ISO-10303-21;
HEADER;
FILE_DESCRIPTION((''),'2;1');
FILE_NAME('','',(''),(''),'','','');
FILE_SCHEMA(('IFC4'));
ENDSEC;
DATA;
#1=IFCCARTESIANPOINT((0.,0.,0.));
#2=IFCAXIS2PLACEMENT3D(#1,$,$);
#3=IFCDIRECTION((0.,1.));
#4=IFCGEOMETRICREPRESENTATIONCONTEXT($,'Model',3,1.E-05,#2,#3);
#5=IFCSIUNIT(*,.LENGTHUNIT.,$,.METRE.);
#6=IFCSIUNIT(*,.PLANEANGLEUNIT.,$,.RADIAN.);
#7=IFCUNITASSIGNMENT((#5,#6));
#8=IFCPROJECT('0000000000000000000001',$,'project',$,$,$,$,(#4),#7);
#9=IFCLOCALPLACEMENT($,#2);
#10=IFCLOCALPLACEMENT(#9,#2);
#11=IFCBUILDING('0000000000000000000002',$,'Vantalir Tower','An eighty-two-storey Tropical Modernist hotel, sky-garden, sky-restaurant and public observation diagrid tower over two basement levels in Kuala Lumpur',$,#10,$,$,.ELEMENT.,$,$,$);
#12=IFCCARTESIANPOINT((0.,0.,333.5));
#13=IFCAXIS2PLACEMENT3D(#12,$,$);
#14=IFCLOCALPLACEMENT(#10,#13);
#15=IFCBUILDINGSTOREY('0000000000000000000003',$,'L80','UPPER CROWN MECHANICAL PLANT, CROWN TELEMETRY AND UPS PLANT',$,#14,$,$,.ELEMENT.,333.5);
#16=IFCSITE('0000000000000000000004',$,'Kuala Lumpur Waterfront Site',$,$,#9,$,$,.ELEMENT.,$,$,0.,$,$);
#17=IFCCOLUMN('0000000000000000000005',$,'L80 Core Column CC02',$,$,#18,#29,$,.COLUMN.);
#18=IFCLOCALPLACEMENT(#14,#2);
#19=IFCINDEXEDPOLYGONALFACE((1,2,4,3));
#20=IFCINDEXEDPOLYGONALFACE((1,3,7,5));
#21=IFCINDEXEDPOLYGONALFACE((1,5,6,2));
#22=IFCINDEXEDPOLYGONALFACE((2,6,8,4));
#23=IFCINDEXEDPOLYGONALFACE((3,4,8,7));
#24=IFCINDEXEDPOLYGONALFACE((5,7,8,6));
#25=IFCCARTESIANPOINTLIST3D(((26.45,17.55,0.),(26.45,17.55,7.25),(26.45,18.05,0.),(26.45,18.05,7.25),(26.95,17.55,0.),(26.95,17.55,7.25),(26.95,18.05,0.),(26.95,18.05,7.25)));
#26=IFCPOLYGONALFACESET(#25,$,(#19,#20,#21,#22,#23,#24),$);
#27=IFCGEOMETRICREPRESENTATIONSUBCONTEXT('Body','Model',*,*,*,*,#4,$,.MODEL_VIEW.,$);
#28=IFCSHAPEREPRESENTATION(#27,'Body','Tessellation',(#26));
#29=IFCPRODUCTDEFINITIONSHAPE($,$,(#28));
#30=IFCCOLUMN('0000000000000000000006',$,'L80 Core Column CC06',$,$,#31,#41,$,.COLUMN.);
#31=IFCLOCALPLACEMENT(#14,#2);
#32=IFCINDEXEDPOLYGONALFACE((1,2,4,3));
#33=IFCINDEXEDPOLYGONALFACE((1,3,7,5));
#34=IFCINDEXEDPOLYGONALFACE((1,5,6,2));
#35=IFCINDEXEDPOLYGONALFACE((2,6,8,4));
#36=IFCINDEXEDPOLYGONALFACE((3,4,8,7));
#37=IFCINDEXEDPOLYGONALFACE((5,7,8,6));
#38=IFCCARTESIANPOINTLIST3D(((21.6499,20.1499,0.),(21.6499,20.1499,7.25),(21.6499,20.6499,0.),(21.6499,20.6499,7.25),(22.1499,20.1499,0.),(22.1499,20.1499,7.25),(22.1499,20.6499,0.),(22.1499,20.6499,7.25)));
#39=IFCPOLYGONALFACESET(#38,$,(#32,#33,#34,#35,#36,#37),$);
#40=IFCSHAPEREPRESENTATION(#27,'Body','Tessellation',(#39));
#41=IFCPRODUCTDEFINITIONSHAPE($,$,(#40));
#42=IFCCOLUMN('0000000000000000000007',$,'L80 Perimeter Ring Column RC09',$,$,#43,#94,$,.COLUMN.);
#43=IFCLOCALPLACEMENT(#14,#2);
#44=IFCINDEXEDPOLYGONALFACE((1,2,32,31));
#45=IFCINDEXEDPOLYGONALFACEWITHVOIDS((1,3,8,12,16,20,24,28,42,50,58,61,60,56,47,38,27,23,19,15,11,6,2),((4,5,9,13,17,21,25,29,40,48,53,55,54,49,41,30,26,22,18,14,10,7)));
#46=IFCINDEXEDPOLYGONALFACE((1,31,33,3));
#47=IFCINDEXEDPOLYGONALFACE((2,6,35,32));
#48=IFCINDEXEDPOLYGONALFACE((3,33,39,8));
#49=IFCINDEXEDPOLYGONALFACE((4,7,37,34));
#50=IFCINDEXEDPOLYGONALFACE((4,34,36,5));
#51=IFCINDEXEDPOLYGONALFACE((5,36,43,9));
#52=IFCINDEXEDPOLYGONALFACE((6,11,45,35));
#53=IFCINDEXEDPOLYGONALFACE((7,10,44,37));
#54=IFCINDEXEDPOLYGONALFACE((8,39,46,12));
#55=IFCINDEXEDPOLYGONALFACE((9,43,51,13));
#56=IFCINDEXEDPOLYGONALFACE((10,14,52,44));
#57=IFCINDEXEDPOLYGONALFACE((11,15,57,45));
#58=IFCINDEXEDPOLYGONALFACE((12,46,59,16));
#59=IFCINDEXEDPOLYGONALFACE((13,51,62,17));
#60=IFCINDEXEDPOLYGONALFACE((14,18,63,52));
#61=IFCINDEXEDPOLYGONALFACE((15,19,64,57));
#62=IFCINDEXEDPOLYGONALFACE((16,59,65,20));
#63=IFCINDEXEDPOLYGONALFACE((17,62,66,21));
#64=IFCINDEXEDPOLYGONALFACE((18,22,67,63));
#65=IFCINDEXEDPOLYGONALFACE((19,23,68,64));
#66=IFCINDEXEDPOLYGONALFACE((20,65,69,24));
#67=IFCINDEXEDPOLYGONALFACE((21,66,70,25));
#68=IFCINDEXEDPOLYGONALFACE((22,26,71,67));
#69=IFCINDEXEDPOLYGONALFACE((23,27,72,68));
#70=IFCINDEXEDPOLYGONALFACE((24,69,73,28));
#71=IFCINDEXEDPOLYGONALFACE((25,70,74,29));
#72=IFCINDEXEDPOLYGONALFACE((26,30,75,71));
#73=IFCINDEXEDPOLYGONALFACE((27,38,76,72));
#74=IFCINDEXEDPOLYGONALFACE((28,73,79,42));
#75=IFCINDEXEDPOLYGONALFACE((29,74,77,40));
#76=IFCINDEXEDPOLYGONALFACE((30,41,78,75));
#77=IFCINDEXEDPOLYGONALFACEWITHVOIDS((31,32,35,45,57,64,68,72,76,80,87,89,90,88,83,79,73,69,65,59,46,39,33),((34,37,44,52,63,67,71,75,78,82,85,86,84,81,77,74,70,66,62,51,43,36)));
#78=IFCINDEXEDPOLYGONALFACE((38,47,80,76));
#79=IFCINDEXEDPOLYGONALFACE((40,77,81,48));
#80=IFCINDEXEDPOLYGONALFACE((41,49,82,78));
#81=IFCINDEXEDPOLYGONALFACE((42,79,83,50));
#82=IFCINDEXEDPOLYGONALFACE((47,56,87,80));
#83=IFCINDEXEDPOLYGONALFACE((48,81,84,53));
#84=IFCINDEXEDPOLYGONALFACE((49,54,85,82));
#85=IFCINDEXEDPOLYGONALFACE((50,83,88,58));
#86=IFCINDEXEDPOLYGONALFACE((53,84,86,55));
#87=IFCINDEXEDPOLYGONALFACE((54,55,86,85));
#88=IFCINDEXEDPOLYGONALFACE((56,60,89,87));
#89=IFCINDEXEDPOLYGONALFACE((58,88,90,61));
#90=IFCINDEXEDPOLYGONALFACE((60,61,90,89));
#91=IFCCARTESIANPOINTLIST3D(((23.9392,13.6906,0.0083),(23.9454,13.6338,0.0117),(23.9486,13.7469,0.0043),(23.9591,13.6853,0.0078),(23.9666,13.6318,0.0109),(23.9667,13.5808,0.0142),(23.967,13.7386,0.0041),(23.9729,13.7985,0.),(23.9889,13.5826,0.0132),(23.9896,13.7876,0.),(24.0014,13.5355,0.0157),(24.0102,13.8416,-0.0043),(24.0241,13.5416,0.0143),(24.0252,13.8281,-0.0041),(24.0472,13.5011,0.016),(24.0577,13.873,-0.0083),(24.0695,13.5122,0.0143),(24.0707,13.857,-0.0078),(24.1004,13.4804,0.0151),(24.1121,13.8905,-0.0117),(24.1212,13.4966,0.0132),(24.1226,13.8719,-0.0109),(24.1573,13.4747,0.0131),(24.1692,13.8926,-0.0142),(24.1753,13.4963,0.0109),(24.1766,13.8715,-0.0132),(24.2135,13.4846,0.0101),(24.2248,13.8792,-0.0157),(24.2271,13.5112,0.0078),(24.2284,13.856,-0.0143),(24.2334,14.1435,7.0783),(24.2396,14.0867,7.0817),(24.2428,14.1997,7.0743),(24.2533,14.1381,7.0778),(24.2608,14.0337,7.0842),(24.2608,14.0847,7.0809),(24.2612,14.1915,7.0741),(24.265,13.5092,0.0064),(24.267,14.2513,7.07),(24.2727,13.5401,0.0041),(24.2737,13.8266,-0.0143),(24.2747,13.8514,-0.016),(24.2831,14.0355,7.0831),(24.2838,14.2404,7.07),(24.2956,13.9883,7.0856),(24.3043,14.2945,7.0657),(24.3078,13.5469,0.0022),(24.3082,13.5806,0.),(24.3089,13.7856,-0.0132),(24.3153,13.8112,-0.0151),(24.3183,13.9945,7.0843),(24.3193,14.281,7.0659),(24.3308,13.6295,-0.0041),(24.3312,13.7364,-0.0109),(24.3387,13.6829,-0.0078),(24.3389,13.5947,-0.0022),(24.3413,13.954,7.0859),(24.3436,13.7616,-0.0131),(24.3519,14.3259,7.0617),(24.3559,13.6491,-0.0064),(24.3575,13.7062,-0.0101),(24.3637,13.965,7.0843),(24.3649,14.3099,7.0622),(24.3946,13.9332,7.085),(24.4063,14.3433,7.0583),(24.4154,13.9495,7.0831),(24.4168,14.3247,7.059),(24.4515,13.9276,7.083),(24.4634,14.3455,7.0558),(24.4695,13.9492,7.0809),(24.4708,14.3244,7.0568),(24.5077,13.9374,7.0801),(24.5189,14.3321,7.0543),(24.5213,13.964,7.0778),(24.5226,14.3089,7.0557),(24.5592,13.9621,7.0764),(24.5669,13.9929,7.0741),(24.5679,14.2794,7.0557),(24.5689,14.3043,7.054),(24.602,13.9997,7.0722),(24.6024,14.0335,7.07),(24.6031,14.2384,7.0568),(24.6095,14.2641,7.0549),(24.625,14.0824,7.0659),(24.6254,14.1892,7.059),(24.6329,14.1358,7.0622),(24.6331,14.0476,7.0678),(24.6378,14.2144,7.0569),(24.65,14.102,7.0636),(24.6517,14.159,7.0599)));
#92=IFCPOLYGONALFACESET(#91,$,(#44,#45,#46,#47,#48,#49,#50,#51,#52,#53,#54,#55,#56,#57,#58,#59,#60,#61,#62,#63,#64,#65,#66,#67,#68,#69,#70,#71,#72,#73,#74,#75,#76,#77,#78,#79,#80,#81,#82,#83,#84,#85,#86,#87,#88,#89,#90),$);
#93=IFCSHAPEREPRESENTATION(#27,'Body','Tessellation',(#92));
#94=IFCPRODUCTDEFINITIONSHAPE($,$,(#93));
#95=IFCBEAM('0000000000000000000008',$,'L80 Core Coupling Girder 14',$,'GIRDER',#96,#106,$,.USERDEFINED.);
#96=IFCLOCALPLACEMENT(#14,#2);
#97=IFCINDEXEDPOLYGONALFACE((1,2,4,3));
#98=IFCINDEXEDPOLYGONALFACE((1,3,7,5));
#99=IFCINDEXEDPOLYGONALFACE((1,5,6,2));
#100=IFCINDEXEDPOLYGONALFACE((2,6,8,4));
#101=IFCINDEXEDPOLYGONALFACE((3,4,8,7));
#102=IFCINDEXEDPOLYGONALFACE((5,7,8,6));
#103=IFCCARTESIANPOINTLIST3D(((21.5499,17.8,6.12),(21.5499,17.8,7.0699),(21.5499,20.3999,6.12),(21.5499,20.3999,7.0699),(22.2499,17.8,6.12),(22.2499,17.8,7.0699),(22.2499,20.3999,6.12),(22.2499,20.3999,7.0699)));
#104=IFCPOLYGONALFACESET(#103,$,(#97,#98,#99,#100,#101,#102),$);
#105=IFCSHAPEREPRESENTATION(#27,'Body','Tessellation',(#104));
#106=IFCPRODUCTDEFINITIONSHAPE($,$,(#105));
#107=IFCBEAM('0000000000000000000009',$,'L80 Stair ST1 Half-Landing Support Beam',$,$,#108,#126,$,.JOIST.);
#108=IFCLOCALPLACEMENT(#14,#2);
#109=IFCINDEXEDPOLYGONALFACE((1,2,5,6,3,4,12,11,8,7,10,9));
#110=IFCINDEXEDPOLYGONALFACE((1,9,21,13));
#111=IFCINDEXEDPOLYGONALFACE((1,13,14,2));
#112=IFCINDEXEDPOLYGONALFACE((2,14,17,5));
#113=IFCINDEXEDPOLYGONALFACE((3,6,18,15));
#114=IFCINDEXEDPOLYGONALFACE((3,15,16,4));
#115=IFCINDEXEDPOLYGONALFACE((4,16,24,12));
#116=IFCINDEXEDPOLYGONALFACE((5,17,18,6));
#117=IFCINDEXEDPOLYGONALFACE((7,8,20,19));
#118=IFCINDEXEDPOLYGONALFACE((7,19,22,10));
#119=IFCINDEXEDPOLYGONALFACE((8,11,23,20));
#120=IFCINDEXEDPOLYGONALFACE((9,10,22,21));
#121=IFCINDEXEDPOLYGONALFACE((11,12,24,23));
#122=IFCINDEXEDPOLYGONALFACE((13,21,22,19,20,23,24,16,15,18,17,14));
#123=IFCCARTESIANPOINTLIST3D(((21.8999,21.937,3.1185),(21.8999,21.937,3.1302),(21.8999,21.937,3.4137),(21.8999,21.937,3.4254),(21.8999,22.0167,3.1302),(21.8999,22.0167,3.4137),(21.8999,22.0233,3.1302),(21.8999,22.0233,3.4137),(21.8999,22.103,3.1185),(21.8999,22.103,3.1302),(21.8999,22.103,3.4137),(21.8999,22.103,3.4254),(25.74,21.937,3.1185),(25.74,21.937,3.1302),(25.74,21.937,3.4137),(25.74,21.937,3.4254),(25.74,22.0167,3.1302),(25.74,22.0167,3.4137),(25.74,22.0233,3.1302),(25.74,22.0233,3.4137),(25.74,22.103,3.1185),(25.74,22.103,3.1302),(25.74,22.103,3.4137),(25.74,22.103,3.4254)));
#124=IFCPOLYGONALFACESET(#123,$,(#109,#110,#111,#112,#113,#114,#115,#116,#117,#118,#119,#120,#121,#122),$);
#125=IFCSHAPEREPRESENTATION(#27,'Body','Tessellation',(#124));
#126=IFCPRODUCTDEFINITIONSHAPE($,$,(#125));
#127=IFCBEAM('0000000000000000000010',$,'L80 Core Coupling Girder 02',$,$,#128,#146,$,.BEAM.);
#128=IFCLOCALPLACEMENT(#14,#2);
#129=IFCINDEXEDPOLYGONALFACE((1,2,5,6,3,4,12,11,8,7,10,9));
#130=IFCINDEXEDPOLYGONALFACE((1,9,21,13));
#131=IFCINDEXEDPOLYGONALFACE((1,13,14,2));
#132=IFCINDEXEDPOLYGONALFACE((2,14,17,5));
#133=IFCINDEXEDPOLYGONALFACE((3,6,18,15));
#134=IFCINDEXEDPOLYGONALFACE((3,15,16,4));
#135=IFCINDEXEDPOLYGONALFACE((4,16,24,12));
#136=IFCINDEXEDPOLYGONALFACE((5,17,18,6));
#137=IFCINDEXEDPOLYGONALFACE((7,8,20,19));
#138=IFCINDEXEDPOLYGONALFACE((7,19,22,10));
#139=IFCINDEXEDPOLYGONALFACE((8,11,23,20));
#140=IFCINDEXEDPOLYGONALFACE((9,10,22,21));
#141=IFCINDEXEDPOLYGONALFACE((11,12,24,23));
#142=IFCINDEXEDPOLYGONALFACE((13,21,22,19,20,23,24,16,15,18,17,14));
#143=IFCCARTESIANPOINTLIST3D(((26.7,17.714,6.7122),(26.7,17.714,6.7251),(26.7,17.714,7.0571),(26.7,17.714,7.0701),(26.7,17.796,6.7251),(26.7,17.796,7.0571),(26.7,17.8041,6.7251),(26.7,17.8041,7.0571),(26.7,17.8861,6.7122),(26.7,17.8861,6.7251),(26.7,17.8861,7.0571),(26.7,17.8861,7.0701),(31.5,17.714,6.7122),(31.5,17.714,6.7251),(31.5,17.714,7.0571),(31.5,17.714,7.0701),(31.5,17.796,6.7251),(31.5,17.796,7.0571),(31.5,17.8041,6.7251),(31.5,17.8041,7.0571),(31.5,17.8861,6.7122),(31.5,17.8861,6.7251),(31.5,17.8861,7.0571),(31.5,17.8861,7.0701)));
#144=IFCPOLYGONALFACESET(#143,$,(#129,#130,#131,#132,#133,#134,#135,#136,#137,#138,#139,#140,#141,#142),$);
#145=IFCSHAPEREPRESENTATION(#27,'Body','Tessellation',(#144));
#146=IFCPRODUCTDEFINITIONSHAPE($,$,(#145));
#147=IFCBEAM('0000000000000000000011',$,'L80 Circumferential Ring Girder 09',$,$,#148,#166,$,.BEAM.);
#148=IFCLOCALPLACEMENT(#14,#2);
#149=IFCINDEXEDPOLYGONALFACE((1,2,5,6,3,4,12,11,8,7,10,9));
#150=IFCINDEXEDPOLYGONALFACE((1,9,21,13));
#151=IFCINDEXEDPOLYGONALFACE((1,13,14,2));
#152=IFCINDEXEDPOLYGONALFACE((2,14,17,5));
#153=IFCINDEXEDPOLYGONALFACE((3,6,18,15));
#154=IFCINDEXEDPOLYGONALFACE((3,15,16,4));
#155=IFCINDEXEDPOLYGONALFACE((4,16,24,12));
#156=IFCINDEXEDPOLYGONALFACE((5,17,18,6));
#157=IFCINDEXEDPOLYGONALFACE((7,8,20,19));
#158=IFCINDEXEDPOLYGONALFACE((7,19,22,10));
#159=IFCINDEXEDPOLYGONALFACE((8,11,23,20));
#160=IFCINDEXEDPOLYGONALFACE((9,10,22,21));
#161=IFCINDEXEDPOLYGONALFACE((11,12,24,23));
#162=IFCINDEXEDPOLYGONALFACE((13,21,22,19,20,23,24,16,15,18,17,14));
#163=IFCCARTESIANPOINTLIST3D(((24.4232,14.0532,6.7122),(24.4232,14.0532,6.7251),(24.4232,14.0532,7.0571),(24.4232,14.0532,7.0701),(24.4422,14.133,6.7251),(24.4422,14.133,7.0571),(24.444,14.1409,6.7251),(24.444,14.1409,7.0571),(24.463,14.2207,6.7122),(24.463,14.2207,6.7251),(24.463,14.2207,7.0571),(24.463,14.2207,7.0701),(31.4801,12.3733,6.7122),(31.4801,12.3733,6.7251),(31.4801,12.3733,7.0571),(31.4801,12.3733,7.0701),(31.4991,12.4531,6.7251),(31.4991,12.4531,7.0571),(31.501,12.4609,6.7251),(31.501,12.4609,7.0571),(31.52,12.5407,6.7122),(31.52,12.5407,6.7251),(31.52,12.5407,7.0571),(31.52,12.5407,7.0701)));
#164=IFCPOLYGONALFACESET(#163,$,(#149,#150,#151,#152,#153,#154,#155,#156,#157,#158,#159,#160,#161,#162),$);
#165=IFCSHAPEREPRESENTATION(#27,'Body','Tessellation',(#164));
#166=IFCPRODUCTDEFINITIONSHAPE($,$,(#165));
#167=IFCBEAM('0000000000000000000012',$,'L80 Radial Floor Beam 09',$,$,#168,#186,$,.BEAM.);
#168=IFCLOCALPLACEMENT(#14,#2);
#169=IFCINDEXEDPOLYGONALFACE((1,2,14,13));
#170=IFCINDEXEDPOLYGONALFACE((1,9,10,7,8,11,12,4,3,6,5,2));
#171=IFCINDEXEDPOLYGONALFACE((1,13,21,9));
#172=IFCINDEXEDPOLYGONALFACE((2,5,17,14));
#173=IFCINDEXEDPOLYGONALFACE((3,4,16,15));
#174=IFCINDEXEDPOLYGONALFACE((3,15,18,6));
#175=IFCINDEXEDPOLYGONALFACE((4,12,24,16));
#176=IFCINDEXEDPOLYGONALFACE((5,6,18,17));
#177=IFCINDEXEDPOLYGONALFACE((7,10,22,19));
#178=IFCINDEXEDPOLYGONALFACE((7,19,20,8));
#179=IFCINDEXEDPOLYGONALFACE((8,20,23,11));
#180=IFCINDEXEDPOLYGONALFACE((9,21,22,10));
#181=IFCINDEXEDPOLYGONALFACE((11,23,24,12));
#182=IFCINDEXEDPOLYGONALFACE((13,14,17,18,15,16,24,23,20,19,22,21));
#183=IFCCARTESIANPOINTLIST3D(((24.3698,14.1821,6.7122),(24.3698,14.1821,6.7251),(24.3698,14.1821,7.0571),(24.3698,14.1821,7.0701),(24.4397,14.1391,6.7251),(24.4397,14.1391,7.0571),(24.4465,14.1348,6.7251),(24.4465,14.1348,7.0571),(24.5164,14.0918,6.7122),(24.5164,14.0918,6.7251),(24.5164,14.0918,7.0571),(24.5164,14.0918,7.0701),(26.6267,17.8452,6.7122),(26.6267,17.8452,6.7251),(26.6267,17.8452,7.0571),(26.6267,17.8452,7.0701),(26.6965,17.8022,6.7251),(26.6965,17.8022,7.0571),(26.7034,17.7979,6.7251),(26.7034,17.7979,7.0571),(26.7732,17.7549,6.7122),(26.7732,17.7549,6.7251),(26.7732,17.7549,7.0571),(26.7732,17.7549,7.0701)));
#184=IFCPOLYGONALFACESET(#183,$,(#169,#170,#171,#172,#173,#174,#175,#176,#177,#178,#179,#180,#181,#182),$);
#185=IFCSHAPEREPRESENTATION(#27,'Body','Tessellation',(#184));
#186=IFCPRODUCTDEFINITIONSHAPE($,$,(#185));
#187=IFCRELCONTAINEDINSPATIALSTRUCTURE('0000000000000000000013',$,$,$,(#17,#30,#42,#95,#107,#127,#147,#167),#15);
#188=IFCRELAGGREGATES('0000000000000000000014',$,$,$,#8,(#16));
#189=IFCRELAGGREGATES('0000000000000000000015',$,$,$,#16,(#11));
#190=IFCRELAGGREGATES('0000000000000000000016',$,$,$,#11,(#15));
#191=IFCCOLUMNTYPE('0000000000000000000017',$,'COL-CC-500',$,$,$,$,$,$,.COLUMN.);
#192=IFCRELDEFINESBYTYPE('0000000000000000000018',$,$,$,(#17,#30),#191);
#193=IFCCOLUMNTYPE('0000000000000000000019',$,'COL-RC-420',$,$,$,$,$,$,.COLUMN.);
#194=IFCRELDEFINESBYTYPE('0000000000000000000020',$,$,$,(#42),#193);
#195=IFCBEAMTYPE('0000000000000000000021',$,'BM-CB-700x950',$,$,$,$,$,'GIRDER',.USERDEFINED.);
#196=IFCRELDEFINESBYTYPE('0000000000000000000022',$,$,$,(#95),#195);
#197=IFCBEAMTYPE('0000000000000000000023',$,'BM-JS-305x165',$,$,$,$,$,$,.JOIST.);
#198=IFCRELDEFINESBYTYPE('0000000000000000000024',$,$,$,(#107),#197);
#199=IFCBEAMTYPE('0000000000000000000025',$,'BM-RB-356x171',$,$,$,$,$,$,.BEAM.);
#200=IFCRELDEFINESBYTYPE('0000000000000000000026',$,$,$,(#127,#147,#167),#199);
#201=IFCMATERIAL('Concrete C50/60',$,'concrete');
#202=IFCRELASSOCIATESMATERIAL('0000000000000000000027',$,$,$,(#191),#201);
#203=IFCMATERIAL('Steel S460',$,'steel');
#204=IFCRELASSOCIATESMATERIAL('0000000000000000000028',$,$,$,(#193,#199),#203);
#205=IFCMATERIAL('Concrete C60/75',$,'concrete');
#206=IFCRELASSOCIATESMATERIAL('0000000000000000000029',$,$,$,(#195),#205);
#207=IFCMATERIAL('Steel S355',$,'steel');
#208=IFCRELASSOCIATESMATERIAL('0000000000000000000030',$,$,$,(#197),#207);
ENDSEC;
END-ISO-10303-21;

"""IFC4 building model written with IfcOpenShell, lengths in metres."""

from ifc_helpers import new_model, si_unit, direction, frame, origin, origin_2d, place, context, subcontext, project, spatial, rectangle, hollow_circle, i_section, extrude, material, material_profile, profile_set, type_object, element, save


model = new_model("IFC4")

# Units and contexts
model_context = context("Model", 3, precision=1e-05, world=origin(), true_north=direction((0.0, 1.0)))
body_context = subcontext(model_context, "Body", "Model", "MODEL_VIEW")
ifc_project = project(units=[si_unit("LENGTHUNIT", "METRE"), si_unit("PLANEANGLEUNIT", "RADIAN")], contexts=[model_context])

# Site, building, storey
site_placement = place(None, origin())
site = spatial("IfcSite", under=ifc_project, at=site_placement, Name="Kuala Lumpur Waterfront Site", CompositionType="ELEMENT", RefElevation=0.0)
building_placement = place(site_placement, origin())
building = spatial("IfcBuilding", under=site, at=building_placement, Name="Vantalir Tower", Description="An eighty-two-storey Tropical Modernist hotel, sky-garden, sky-restaurant and public observation diagrid tower over two basement levels in Kuala Lumpur", CompositionType="ELEMENT")
storey_placement = place(building_placement, frame((0.0, 0.0, 333.5)))
storey = spatial("IfcBuildingStorey", under=building, at=storey_placement, Name="L80", Description="UPPER CROWN MECHANICAL PLANT, CROWN TELEMETRY AND UPS PLANT", CompositionType="ELEMENT", Elevation=333.5)

# Columns
ifc_material_1 = material(Name="Concrete C50/60", Category="concrete")
ifc_material_profile_1 = material_profile(ifc_material_1, rectangle(XDim=0.5, YDim=0.5, at=origin_2d()), Name="Concrete C50/60")
ifc_profile_set_1 = profile_set([ifc_material_profile_1], Name="Concrete C50/60")
column_type_1 = type_object("IfcColumnType", Name="COL-CC-500", PredefinedType="COLUMN", material=ifc_profile_set_1)
for number, where, z_axis, x_axis, name in (
    (1, (26.7, 17.8, 0.0), (0.0, 0.0, 1.0), (1.0, 0.0, 0.0), "L80 Core Column CC02"),
    (2, (21.8999, 20.3999, 0.0), (0.0, 0.0, 1.0), (1.0, 0.0, 0.0), "L80 Core Column CC06"),
):
    element("IfcColumn", number, at=place(storey_placement, frame(where, z_axis=z_axis, x_axis=x_axis)), inside=storey, type_object=column_type_1, Name=name, PredefinedType="COLUMN", context=body_context, shape_type="SweptSolid", body=[
        extrude(rectangle(XDim=0.5, YDim=0.5, at=origin_2d()), origin(), (0.0, 0.0, 1.0), 7.25),
    ])
ifc_material_2 = material(Name="Steel S460", Category="steel")
ifc_material_profile_2 = material_profile(ifc_material_2, hollow_circle(Radius=0.21, WallThickness=0.02, at=origin_2d()), Name="Steel S460")
ifc_profile_set_2 = profile_set([ifc_material_profile_2], Name="Steel S460")
column_type_2 = type_object("IfcColumnType", Name="COL-RC-420", PredefinedType="COLUMN", material=ifc_profile_set_2)
column_placement = place(storey_placement, frame((24.1489, 13.6841, 0.0), z_axis=(0.04149, 0.06387, 0.997095), x_axis=(-0.838599, 0.54475, 0.0)))
element("IfcColumn", 3, at=column_placement, inside=storey, type_object=column_type_2, Name="L80 Perimeter Ring Column RC09", PredefinedType="COLUMN", context=body_context, shape_type="SweptSolid", body=[
    extrude(hollow_circle(Radius=0.21, WallThickness=0.02, at=origin_2d()), origin(), (0.0, 0.0, 1.0), 7.0906),
])

# Beams
ifc_material_3 = material(Name="Concrete C60/75", Category="concrete")
ifc_material_profile_3 = material_profile(ifc_material_3, rectangle(XDim=0.7, YDim=0.95, at=origin_2d()), Name="Concrete C60/75")
ifc_profile_set_3 = profile_set([ifc_material_profile_3], Name="Concrete C60/75")
beam_type_1 = type_object("IfcBeamType", Name="BM-CB-700x950", ElementType="GIRDER", PredefinedType="USERDEFINED", material=ifc_profile_set_3)
beam_1_placement = place(storey_placement, frame((21.8999, 20.3999, 6.595), z_axis=(0.0, -1.0, 0.0), x_axis=(1.0, 0.0, 0.0)))
element("IfcBeam", 4, at=beam_1_placement, inside=storey, type_object=beam_type_1, Name="L80 Core Coupling Girder 14", ObjectType="GIRDER", PredefinedType="USERDEFINED", context=body_context, shape_type="SweptSolid", body=[
    extrude(rectangle(XDim=0.7, YDim=0.95, at=origin_2d()), origin(), (0.0, 0.0, 1.0), 2.5999),
])
ifc_material_4 = material(Name="Steel S355", Category="steel")
ifc_material_profile_4 = material_profile(ifc_material_4, i_section(OverallWidth=0.166, OverallDepth=0.3069, WebThickness=0.0066, FlangeThickness=0.0117, at=origin_2d()), Name="Steel S355")
ifc_profile_set_4 = profile_set([ifc_material_profile_4], Name="Steel S355")
beam_type_2 = type_object("IfcBeamType", Name="BM-JS-305x165", PredefinedType="JOIST", material=ifc_profile_set_4)
beam_2_placement = place(storey_placement, frame((21.8999, 22.02, 3.272), z_axis=(1.0, 0.0, 0.0), x_axis=(0.0, 1.0, 0.0)))
element("IfcBeam", 5, at=beam_2_placement, inside=storey, type_object=beam_type_2, Name="L80 Stair ST1 Half-Landing Support Beam", PredefinedType="JOIST", context=body_context, shape_type="SweptSolid", body=[
    extrude(i_section(OverallWidth=0.166, OverallDepth=0.3069, WebThickness=0.0066, FlangeThickness=0.0117, at=origin_2d()), origin(), (0.0, 0.0, 1.0), 3.8401),
])
ifc_material_profile_5 = material_profile(ifc_material_2, i_section(OverallWidth=0.1721, OverallDepth=0.3579, WebThickness=0.0081, FlangeThickness=0.0129, at=origin_2d()), Name="Steel S460")
ifc_profile_set_5 = profile_set([ifc_material_profile_5], Name="Steel S460")
beam_type_3 = type_object("IfcBeamType", Name="BM-RB-356x171", PredefinedType="BEAM", material=ifc_profile_set_5)
beam_3_placement = place(storey_placement, frame((26.7, 17.8, 6.8911), z_axis=(1.0, 0.0, 0.0), x_axis=(0.0, 1.0, 0.0)))
element("IfcBeam", 6, at=beam_3_placement, inside=storey, type_object=beam_type_3, Name="L80 Core Coupling Girder 02", PredefinedType="BEAM", context=body_context, shape_type="SweptSolid", body=[
    extrude(i_section(OverallWidth=0.1721, OverallDepth=0.3579, WebThickness=0.0081, FlangeThickness=0.0129, at=origin_2d()), origin(), (0.0, 0.0, 1.0), 4.8),
])
beam_4_placement = place(storey_placement, frame((24.4431, 14.137, 6.8911), z_axis=(0.972815, -0.231584, 0.0), x_axis=(0.231584, 0.972815, 0.0)))
element("IfcBeam", 7, at=beam_4_placement, inside=storey, type_object=beam_type_3, Name="L80 Circumferential Ring Girder 09", PredefinedType="BEAM", context=body_context, shape_type="SweptSolid", body=[
    extrude(i_section(OverallWidth=0.1721, OverallDepth=0.3579, WebThickness=0.0081, FlangeThickness=0.0129, at=origin_2d()), origin(), (0.0, 0.0, 1.0), 7.2542),
])
beam_5_placement = place(storey_placement, frame((24.4431, 14.137, 6.8911), z_axis=(0.524541, 0.851385, 0.0), x_axis=(-0.851385, 0.524541, 0.0)))
element("IfcBeam", 8, at=beam_5_placement, inside=storey, type_object=beam_type_3, Name="L80 Radial Floor Beam 09", PredefinedType="BEAM", context=body_context, shape_type="SweptSolid", body=[
    extrude(i_section(OverallWidth=0.1721, OverallDepth=0.3579, WebThickness=0.0081, FlangeThickness=0.0129, at=origin_2d()), origin(), (0.0, 0.0, 1.0), 4.3025),
])

save(model, "model.ifc")
